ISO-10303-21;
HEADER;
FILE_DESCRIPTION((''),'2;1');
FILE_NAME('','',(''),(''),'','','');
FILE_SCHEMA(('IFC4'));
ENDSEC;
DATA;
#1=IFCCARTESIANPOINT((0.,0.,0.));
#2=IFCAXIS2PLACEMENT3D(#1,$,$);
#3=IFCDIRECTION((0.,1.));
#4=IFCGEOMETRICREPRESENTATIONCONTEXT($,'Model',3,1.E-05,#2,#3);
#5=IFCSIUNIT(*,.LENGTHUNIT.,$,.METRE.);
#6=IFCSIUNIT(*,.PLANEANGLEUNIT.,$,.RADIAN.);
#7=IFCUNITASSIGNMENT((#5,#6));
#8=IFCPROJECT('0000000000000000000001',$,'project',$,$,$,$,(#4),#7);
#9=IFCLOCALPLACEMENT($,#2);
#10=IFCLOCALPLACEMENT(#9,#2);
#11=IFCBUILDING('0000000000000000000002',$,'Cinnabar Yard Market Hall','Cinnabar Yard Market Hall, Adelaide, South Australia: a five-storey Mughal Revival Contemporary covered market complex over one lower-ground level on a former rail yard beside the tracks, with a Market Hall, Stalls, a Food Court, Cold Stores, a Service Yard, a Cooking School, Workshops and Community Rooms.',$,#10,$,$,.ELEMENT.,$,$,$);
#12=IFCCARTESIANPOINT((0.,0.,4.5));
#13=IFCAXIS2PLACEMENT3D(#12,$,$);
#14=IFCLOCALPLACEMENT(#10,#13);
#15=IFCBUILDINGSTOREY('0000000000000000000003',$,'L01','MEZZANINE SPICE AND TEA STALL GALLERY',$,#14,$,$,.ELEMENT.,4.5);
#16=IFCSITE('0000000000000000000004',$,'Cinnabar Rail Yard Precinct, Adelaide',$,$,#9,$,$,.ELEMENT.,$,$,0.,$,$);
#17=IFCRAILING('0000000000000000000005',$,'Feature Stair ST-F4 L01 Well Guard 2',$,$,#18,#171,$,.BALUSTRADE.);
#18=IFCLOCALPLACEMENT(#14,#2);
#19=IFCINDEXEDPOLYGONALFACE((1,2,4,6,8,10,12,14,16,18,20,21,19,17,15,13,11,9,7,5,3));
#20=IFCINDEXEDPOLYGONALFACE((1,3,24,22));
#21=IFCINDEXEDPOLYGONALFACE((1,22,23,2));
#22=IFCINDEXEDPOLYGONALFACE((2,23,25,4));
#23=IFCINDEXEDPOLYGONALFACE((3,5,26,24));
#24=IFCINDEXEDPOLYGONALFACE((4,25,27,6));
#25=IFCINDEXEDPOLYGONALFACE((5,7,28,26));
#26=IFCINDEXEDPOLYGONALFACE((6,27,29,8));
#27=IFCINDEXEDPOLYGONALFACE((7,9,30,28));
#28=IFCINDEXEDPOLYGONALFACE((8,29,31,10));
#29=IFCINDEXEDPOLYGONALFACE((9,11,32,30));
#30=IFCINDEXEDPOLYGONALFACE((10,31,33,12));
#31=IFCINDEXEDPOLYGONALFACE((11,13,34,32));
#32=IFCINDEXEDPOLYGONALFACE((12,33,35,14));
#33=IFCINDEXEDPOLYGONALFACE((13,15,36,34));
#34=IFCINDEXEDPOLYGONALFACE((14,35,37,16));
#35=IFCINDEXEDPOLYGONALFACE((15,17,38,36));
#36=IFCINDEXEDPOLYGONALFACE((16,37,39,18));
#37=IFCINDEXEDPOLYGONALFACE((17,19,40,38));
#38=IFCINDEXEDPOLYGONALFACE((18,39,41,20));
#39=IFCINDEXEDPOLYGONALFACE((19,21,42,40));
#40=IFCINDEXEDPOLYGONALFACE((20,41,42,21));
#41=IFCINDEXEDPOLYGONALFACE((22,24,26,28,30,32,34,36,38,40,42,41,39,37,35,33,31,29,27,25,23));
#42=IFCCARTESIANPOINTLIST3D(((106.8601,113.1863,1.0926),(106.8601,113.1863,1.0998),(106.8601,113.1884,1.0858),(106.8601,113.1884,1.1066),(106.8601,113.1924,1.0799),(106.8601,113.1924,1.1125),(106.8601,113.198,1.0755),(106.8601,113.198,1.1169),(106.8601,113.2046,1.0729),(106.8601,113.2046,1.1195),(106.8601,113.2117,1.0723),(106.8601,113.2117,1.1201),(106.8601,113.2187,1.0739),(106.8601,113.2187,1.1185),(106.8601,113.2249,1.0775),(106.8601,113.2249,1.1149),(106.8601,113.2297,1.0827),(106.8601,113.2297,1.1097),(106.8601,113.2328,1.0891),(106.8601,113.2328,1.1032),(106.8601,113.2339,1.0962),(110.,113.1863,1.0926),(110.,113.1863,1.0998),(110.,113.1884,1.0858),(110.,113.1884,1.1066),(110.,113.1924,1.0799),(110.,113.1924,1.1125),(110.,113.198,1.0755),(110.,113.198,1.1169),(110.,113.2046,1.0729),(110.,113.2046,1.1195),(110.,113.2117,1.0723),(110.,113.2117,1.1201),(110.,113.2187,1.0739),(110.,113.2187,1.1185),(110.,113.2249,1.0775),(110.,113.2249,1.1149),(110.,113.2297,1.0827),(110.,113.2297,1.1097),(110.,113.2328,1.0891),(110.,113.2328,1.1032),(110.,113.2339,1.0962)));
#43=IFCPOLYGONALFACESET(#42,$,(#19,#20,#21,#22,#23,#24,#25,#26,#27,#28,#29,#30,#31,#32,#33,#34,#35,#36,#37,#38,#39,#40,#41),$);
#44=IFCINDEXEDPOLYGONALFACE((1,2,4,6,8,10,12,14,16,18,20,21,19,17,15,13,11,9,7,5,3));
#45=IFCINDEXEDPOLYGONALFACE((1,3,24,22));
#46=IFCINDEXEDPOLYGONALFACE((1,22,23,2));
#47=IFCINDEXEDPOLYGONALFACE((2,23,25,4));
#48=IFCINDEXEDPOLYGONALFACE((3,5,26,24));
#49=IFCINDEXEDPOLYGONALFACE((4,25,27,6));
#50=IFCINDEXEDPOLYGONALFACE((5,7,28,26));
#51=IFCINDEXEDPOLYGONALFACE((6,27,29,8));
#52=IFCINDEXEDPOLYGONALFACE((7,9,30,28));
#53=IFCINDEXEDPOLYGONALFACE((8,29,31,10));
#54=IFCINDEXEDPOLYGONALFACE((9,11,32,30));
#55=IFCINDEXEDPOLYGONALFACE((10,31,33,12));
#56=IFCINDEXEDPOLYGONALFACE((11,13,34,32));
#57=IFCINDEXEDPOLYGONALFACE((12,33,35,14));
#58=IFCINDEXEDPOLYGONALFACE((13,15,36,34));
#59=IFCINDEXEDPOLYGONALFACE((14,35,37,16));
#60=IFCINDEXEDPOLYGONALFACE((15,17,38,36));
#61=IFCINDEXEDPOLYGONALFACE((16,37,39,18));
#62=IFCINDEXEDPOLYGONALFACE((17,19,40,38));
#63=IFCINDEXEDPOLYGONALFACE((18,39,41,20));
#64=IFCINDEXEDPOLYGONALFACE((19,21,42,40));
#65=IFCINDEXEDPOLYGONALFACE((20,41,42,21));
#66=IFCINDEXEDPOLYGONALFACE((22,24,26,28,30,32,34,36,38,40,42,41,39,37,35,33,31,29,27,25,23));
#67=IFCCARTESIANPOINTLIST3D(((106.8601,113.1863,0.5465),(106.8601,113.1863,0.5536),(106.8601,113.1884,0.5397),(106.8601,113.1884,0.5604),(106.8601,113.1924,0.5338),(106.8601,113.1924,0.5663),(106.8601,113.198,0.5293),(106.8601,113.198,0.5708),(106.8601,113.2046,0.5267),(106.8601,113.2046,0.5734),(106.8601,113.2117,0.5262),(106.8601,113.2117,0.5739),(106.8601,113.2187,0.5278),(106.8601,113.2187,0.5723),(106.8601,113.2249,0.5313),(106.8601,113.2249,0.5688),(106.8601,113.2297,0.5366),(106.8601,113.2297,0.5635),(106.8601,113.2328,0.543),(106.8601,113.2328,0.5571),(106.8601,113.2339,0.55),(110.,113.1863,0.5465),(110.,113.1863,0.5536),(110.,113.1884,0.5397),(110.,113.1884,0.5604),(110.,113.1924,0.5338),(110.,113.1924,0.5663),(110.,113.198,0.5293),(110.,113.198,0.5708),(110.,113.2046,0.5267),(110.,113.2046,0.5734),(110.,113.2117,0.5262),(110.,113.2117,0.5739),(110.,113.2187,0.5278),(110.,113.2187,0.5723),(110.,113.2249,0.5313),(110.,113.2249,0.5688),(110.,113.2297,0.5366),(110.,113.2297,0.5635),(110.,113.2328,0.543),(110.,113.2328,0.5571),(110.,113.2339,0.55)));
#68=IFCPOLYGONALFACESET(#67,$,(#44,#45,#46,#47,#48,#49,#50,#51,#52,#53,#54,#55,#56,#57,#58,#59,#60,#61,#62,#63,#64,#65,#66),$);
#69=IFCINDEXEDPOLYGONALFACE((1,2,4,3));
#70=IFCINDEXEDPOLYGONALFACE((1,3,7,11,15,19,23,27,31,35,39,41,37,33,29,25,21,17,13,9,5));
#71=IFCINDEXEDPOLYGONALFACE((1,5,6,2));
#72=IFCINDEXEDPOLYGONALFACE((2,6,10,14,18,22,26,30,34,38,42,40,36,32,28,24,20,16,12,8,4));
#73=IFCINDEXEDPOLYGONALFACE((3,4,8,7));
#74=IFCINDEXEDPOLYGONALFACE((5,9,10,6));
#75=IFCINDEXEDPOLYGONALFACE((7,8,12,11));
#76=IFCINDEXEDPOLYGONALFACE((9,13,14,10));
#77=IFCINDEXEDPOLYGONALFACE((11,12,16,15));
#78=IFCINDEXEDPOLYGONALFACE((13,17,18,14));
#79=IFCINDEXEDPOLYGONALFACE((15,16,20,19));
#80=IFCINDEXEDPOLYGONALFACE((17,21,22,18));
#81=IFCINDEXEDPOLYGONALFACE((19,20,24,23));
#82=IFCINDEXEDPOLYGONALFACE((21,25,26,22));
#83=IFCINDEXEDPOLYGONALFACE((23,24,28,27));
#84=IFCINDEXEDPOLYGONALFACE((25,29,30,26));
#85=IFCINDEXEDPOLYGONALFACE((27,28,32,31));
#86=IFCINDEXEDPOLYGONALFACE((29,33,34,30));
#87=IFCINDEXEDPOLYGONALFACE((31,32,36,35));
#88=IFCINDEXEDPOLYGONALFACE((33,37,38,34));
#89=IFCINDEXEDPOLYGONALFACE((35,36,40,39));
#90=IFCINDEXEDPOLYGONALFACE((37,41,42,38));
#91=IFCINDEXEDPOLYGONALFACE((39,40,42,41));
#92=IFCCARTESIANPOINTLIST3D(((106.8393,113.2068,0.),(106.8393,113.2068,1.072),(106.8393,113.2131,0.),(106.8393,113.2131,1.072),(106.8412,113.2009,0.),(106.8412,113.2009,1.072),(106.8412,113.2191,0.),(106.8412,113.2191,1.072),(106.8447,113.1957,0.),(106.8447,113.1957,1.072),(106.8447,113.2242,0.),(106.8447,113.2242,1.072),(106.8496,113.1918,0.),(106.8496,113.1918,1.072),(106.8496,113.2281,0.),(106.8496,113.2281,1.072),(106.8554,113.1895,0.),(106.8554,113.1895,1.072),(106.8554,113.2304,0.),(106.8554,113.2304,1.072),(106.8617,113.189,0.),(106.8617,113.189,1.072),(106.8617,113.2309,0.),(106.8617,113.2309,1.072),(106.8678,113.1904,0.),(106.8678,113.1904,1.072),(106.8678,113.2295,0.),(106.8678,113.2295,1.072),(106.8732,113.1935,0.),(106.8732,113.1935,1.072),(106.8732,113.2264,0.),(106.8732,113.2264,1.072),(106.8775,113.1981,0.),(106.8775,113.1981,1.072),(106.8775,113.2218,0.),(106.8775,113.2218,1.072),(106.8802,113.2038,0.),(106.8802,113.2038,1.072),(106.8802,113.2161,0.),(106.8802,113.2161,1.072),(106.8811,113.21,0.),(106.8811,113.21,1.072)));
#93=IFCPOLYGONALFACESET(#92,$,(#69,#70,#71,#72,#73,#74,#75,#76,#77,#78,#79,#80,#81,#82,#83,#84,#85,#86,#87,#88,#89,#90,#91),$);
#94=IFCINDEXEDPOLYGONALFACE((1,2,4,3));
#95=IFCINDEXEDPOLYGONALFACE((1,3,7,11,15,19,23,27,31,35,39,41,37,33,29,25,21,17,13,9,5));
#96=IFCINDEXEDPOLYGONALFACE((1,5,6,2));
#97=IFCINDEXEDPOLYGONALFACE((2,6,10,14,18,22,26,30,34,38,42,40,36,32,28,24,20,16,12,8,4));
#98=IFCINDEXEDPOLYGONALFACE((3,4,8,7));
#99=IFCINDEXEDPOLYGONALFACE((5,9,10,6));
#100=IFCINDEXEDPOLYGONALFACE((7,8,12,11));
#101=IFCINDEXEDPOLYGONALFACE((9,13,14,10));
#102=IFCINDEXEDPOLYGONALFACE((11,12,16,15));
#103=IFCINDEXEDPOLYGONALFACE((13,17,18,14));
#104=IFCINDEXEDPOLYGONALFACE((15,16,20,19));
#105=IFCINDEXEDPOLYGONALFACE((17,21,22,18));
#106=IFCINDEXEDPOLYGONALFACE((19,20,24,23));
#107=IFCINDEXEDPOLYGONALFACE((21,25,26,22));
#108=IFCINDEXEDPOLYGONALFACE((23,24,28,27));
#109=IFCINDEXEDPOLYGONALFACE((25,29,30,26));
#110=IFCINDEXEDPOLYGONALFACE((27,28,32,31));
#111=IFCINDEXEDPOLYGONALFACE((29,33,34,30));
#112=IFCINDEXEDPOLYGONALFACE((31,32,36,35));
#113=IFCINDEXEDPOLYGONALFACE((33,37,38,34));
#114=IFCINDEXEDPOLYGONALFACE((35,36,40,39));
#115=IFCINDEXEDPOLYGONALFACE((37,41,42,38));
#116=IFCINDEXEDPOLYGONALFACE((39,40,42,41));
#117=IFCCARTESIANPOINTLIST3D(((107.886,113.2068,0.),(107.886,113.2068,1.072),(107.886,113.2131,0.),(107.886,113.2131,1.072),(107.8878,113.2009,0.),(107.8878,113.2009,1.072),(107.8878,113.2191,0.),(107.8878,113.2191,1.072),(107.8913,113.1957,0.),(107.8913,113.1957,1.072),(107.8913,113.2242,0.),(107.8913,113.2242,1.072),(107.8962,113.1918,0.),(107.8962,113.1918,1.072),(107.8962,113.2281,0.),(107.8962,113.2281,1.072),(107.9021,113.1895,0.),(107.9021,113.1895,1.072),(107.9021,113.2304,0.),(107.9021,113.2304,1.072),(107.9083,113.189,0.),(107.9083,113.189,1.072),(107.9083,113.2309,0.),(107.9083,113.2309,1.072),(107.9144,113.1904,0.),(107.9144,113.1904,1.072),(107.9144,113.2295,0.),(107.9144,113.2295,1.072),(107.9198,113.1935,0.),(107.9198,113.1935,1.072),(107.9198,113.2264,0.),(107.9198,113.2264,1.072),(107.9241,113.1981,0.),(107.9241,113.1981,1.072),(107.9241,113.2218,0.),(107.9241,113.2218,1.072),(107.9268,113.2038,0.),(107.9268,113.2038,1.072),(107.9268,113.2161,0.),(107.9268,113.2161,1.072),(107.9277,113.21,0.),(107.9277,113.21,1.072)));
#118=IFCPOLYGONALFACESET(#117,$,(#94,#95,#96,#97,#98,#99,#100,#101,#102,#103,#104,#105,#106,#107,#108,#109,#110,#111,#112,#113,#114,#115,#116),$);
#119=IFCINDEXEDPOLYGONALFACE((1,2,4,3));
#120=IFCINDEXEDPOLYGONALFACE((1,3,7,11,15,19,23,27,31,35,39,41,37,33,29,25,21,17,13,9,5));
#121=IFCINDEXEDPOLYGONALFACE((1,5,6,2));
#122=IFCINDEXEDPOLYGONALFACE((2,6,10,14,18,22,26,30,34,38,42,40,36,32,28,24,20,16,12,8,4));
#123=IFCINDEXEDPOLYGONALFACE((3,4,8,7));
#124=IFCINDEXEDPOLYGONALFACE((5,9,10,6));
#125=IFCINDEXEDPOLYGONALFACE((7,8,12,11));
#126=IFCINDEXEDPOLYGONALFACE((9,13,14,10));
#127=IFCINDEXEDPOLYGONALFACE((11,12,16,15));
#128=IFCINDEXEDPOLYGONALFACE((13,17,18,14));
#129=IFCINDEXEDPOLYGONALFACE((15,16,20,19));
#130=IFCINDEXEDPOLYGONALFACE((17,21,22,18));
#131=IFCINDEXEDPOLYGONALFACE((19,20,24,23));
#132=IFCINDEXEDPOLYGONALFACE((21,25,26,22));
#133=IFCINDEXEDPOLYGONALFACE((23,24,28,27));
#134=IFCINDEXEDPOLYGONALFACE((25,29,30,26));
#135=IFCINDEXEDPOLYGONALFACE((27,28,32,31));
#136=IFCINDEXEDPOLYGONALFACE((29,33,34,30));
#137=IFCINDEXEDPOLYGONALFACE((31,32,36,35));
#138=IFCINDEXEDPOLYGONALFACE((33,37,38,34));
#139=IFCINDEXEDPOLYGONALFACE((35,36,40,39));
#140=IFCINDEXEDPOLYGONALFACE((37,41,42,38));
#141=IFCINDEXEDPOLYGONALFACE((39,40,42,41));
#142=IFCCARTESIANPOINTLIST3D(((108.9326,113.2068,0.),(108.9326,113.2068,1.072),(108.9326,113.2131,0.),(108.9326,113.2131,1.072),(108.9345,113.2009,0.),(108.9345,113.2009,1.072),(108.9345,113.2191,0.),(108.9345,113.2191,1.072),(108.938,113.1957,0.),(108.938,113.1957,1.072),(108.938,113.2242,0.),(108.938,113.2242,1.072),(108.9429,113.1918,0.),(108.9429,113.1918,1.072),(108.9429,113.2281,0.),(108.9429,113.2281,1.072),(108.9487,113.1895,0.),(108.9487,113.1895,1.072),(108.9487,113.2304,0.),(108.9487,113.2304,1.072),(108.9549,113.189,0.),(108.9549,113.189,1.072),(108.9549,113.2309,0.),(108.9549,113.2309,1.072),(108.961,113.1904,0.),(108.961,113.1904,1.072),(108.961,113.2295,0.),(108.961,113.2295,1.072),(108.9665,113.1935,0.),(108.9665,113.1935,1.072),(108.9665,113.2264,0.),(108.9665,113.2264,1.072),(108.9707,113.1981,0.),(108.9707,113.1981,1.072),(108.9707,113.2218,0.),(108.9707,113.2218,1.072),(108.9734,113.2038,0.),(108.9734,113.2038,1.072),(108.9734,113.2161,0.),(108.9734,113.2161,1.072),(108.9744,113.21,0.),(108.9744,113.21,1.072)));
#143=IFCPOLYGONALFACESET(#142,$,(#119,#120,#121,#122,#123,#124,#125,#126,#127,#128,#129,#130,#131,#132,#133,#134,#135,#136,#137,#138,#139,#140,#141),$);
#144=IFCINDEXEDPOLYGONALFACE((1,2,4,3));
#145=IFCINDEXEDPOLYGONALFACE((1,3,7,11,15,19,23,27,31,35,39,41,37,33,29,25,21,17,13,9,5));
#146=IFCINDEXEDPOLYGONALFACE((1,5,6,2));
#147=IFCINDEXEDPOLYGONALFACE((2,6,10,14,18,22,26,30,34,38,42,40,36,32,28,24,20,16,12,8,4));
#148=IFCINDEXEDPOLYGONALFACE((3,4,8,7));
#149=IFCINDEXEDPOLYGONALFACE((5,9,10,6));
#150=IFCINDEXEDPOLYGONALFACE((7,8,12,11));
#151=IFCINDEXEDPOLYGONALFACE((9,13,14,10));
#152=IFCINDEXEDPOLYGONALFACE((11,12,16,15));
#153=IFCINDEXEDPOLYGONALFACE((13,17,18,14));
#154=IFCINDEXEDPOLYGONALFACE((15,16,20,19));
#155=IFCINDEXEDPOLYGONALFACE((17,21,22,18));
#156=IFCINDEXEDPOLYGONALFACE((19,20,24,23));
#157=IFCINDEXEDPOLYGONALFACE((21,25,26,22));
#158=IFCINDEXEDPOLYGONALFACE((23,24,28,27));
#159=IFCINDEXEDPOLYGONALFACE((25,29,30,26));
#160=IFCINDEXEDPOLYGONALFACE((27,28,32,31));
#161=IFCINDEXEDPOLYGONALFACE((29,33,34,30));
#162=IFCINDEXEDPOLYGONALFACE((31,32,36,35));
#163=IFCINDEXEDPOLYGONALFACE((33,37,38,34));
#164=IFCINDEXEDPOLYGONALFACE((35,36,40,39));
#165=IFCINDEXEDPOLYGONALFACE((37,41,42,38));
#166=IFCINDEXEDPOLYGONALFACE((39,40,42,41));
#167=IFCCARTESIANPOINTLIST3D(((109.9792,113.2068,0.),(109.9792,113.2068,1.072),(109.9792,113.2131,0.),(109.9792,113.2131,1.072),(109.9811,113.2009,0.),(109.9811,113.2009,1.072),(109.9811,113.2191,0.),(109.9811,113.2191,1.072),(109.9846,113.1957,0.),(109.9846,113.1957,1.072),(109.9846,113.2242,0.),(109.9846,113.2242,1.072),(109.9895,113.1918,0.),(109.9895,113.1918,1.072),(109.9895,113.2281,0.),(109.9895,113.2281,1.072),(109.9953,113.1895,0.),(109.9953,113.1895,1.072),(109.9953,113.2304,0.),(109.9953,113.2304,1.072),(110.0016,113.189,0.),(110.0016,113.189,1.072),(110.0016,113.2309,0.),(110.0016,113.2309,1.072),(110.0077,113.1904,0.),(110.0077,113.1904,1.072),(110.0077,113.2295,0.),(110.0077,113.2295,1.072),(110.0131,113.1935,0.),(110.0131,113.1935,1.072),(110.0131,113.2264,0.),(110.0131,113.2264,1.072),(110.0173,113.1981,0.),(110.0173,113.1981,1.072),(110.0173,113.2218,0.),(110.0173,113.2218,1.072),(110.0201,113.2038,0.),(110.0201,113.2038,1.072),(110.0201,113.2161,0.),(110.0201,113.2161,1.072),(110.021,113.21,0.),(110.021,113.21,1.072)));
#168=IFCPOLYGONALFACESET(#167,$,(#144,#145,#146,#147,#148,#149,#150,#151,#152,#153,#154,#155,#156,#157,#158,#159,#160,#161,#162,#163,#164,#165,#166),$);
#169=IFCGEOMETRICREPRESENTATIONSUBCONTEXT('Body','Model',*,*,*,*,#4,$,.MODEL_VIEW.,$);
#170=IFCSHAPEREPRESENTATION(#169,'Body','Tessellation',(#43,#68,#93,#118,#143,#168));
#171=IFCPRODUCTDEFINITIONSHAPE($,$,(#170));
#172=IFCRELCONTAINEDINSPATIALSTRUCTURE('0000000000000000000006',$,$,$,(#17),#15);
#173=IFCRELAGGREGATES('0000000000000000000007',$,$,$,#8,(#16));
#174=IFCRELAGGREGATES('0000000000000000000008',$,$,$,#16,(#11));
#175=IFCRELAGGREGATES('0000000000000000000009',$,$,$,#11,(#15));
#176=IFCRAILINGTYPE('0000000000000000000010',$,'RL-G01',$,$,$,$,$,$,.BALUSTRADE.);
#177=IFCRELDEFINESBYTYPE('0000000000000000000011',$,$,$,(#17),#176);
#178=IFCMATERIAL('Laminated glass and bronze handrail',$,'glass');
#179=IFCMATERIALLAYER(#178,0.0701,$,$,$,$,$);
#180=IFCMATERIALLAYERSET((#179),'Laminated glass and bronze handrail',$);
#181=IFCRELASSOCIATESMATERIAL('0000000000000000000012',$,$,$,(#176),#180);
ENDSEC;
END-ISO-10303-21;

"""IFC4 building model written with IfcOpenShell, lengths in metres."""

from ifc_helpers import new_model, si_unit, direction, frame, origin, origin_2d_with_axis, place, context, subcontext, project, spatial, circle, extrude, material, layer, layer_set, type_object, element, save


model = new_model("IFC4")

# Units and contexts
model_context = context("Model", 3, precision=1e-05, world=origin(), true_north=direction((0.0, 1.0)))
body_context = subcontext(model_context, "Body", "Model", "MODEL_VIEW")
ifc_project = project(units=[si_unit("LENGTHUNIT", "METRE"), si_unit("PLANEANGLEUNIT", "RADIAN")], contexts=[model_context])

# Site, building, storey
site_placement = place(None, origin())
site = spatial("IfcSite", under=ifc_project, at=site_placement, Name="Cinnabar Rail Yard Precinct, Adelaide", CompositionType="ELEMENT", RefElevation=0.0)
building_placement = place(site_placement, origin())
building = spatial("IfcBuilding", under=site, at=building_placement, Name="Cinnabar Yard Market Hall", Description="Cinnabar Yard Market Hall, Adelaide, South Australia: a five-storey Mughal Revival Contemporary covered market complex over one lower-ground level on a former rail yard beside the tracks, with a Market Hall, Stalls, a Food Court, Cold Stores, a Service Yard, a Cooking School, Workshops and Community Rooms.", CompositionType="ELEMENT")
storey_placement = place(building_placement, frame((0.0, 0.0, 4.5)))
storey = spatial("IfcBuildingStorey", under=building, at=storey_placement, Name="L01", Description="MEZZANINE SPICE AND TEA STALL GALLERY", CompositionType="ELEMENT", Elevation=4.5)

# Railing
ifc_material_1 = material(Name="Laminated glass and bronze handrail", Category="glass")
ifc_layer_1 = layer(ifc_material_1, 0.0701)
ifc_layer_set_1 = layer_set([ifc_layer_1], Name="Laminated glass and bronze handrail")
railing_type_1 = type_object("IfcRailingType", Name="RL-G01", PredefinedType="BALUSTRADE", material=ifc_layer_set_1)
railing_1_placement = place(storey_placement, frame((106.8601, 113.21, 0.0)))
element("IfcRailing", 1, at=railing_1_placement, inside=storey, type_object=railing_type_1, Name="Feature Stair ST-F4 L01 Well Guard 2", PredefinedType="BALUSTRADE", context=body_context, shape_type="SweptSolid", body=[
    extrude(circle(Radius=0.0239, at=origin_2d_with_axis()), frame((0.0, 0.0, 1.0962), z_axis=(1.0, 0.0, 0.0), x_axis=(0.0, 1.0, 0.0)), (0.0, 0.0, 1.0), 3.1399),
    extrude(circle(Radius=0.0239, at=origin_2d_with_axis()), frame((0.0, 0.0, 0.55), z_axis=(1.0, 0.0, 0.0), x_axis=(0.0, 1.0, 0.0)), (0.0, 0.0, 1.0), 3.1399),
    extrude(circle(Radius=0.021, at=origin_2d_with_axis()), origin(), (0.0, 0.0, 1.0), 1.072),
    extrude(circle(Radius=0.021, at=origin_2d_with_axis()), frame((1.0466, 0.0, 0.0)), (0.0, 0.0, 1.0), 1.072),
    extrude(circle(Radius=0.021, at=origin_2d_with_axis()), frame((2.0933, 0.0, 0.0)), (0.0, 0.0, 1.0), 1.072),
    extrude(circle(Radius=0.021, at=origin_2d_with_axis()), frame((3.1399, 0.0, 0.0)), (0.0, 0.0, 1.0), 1.072),
])

save(model, "model.ifc")
